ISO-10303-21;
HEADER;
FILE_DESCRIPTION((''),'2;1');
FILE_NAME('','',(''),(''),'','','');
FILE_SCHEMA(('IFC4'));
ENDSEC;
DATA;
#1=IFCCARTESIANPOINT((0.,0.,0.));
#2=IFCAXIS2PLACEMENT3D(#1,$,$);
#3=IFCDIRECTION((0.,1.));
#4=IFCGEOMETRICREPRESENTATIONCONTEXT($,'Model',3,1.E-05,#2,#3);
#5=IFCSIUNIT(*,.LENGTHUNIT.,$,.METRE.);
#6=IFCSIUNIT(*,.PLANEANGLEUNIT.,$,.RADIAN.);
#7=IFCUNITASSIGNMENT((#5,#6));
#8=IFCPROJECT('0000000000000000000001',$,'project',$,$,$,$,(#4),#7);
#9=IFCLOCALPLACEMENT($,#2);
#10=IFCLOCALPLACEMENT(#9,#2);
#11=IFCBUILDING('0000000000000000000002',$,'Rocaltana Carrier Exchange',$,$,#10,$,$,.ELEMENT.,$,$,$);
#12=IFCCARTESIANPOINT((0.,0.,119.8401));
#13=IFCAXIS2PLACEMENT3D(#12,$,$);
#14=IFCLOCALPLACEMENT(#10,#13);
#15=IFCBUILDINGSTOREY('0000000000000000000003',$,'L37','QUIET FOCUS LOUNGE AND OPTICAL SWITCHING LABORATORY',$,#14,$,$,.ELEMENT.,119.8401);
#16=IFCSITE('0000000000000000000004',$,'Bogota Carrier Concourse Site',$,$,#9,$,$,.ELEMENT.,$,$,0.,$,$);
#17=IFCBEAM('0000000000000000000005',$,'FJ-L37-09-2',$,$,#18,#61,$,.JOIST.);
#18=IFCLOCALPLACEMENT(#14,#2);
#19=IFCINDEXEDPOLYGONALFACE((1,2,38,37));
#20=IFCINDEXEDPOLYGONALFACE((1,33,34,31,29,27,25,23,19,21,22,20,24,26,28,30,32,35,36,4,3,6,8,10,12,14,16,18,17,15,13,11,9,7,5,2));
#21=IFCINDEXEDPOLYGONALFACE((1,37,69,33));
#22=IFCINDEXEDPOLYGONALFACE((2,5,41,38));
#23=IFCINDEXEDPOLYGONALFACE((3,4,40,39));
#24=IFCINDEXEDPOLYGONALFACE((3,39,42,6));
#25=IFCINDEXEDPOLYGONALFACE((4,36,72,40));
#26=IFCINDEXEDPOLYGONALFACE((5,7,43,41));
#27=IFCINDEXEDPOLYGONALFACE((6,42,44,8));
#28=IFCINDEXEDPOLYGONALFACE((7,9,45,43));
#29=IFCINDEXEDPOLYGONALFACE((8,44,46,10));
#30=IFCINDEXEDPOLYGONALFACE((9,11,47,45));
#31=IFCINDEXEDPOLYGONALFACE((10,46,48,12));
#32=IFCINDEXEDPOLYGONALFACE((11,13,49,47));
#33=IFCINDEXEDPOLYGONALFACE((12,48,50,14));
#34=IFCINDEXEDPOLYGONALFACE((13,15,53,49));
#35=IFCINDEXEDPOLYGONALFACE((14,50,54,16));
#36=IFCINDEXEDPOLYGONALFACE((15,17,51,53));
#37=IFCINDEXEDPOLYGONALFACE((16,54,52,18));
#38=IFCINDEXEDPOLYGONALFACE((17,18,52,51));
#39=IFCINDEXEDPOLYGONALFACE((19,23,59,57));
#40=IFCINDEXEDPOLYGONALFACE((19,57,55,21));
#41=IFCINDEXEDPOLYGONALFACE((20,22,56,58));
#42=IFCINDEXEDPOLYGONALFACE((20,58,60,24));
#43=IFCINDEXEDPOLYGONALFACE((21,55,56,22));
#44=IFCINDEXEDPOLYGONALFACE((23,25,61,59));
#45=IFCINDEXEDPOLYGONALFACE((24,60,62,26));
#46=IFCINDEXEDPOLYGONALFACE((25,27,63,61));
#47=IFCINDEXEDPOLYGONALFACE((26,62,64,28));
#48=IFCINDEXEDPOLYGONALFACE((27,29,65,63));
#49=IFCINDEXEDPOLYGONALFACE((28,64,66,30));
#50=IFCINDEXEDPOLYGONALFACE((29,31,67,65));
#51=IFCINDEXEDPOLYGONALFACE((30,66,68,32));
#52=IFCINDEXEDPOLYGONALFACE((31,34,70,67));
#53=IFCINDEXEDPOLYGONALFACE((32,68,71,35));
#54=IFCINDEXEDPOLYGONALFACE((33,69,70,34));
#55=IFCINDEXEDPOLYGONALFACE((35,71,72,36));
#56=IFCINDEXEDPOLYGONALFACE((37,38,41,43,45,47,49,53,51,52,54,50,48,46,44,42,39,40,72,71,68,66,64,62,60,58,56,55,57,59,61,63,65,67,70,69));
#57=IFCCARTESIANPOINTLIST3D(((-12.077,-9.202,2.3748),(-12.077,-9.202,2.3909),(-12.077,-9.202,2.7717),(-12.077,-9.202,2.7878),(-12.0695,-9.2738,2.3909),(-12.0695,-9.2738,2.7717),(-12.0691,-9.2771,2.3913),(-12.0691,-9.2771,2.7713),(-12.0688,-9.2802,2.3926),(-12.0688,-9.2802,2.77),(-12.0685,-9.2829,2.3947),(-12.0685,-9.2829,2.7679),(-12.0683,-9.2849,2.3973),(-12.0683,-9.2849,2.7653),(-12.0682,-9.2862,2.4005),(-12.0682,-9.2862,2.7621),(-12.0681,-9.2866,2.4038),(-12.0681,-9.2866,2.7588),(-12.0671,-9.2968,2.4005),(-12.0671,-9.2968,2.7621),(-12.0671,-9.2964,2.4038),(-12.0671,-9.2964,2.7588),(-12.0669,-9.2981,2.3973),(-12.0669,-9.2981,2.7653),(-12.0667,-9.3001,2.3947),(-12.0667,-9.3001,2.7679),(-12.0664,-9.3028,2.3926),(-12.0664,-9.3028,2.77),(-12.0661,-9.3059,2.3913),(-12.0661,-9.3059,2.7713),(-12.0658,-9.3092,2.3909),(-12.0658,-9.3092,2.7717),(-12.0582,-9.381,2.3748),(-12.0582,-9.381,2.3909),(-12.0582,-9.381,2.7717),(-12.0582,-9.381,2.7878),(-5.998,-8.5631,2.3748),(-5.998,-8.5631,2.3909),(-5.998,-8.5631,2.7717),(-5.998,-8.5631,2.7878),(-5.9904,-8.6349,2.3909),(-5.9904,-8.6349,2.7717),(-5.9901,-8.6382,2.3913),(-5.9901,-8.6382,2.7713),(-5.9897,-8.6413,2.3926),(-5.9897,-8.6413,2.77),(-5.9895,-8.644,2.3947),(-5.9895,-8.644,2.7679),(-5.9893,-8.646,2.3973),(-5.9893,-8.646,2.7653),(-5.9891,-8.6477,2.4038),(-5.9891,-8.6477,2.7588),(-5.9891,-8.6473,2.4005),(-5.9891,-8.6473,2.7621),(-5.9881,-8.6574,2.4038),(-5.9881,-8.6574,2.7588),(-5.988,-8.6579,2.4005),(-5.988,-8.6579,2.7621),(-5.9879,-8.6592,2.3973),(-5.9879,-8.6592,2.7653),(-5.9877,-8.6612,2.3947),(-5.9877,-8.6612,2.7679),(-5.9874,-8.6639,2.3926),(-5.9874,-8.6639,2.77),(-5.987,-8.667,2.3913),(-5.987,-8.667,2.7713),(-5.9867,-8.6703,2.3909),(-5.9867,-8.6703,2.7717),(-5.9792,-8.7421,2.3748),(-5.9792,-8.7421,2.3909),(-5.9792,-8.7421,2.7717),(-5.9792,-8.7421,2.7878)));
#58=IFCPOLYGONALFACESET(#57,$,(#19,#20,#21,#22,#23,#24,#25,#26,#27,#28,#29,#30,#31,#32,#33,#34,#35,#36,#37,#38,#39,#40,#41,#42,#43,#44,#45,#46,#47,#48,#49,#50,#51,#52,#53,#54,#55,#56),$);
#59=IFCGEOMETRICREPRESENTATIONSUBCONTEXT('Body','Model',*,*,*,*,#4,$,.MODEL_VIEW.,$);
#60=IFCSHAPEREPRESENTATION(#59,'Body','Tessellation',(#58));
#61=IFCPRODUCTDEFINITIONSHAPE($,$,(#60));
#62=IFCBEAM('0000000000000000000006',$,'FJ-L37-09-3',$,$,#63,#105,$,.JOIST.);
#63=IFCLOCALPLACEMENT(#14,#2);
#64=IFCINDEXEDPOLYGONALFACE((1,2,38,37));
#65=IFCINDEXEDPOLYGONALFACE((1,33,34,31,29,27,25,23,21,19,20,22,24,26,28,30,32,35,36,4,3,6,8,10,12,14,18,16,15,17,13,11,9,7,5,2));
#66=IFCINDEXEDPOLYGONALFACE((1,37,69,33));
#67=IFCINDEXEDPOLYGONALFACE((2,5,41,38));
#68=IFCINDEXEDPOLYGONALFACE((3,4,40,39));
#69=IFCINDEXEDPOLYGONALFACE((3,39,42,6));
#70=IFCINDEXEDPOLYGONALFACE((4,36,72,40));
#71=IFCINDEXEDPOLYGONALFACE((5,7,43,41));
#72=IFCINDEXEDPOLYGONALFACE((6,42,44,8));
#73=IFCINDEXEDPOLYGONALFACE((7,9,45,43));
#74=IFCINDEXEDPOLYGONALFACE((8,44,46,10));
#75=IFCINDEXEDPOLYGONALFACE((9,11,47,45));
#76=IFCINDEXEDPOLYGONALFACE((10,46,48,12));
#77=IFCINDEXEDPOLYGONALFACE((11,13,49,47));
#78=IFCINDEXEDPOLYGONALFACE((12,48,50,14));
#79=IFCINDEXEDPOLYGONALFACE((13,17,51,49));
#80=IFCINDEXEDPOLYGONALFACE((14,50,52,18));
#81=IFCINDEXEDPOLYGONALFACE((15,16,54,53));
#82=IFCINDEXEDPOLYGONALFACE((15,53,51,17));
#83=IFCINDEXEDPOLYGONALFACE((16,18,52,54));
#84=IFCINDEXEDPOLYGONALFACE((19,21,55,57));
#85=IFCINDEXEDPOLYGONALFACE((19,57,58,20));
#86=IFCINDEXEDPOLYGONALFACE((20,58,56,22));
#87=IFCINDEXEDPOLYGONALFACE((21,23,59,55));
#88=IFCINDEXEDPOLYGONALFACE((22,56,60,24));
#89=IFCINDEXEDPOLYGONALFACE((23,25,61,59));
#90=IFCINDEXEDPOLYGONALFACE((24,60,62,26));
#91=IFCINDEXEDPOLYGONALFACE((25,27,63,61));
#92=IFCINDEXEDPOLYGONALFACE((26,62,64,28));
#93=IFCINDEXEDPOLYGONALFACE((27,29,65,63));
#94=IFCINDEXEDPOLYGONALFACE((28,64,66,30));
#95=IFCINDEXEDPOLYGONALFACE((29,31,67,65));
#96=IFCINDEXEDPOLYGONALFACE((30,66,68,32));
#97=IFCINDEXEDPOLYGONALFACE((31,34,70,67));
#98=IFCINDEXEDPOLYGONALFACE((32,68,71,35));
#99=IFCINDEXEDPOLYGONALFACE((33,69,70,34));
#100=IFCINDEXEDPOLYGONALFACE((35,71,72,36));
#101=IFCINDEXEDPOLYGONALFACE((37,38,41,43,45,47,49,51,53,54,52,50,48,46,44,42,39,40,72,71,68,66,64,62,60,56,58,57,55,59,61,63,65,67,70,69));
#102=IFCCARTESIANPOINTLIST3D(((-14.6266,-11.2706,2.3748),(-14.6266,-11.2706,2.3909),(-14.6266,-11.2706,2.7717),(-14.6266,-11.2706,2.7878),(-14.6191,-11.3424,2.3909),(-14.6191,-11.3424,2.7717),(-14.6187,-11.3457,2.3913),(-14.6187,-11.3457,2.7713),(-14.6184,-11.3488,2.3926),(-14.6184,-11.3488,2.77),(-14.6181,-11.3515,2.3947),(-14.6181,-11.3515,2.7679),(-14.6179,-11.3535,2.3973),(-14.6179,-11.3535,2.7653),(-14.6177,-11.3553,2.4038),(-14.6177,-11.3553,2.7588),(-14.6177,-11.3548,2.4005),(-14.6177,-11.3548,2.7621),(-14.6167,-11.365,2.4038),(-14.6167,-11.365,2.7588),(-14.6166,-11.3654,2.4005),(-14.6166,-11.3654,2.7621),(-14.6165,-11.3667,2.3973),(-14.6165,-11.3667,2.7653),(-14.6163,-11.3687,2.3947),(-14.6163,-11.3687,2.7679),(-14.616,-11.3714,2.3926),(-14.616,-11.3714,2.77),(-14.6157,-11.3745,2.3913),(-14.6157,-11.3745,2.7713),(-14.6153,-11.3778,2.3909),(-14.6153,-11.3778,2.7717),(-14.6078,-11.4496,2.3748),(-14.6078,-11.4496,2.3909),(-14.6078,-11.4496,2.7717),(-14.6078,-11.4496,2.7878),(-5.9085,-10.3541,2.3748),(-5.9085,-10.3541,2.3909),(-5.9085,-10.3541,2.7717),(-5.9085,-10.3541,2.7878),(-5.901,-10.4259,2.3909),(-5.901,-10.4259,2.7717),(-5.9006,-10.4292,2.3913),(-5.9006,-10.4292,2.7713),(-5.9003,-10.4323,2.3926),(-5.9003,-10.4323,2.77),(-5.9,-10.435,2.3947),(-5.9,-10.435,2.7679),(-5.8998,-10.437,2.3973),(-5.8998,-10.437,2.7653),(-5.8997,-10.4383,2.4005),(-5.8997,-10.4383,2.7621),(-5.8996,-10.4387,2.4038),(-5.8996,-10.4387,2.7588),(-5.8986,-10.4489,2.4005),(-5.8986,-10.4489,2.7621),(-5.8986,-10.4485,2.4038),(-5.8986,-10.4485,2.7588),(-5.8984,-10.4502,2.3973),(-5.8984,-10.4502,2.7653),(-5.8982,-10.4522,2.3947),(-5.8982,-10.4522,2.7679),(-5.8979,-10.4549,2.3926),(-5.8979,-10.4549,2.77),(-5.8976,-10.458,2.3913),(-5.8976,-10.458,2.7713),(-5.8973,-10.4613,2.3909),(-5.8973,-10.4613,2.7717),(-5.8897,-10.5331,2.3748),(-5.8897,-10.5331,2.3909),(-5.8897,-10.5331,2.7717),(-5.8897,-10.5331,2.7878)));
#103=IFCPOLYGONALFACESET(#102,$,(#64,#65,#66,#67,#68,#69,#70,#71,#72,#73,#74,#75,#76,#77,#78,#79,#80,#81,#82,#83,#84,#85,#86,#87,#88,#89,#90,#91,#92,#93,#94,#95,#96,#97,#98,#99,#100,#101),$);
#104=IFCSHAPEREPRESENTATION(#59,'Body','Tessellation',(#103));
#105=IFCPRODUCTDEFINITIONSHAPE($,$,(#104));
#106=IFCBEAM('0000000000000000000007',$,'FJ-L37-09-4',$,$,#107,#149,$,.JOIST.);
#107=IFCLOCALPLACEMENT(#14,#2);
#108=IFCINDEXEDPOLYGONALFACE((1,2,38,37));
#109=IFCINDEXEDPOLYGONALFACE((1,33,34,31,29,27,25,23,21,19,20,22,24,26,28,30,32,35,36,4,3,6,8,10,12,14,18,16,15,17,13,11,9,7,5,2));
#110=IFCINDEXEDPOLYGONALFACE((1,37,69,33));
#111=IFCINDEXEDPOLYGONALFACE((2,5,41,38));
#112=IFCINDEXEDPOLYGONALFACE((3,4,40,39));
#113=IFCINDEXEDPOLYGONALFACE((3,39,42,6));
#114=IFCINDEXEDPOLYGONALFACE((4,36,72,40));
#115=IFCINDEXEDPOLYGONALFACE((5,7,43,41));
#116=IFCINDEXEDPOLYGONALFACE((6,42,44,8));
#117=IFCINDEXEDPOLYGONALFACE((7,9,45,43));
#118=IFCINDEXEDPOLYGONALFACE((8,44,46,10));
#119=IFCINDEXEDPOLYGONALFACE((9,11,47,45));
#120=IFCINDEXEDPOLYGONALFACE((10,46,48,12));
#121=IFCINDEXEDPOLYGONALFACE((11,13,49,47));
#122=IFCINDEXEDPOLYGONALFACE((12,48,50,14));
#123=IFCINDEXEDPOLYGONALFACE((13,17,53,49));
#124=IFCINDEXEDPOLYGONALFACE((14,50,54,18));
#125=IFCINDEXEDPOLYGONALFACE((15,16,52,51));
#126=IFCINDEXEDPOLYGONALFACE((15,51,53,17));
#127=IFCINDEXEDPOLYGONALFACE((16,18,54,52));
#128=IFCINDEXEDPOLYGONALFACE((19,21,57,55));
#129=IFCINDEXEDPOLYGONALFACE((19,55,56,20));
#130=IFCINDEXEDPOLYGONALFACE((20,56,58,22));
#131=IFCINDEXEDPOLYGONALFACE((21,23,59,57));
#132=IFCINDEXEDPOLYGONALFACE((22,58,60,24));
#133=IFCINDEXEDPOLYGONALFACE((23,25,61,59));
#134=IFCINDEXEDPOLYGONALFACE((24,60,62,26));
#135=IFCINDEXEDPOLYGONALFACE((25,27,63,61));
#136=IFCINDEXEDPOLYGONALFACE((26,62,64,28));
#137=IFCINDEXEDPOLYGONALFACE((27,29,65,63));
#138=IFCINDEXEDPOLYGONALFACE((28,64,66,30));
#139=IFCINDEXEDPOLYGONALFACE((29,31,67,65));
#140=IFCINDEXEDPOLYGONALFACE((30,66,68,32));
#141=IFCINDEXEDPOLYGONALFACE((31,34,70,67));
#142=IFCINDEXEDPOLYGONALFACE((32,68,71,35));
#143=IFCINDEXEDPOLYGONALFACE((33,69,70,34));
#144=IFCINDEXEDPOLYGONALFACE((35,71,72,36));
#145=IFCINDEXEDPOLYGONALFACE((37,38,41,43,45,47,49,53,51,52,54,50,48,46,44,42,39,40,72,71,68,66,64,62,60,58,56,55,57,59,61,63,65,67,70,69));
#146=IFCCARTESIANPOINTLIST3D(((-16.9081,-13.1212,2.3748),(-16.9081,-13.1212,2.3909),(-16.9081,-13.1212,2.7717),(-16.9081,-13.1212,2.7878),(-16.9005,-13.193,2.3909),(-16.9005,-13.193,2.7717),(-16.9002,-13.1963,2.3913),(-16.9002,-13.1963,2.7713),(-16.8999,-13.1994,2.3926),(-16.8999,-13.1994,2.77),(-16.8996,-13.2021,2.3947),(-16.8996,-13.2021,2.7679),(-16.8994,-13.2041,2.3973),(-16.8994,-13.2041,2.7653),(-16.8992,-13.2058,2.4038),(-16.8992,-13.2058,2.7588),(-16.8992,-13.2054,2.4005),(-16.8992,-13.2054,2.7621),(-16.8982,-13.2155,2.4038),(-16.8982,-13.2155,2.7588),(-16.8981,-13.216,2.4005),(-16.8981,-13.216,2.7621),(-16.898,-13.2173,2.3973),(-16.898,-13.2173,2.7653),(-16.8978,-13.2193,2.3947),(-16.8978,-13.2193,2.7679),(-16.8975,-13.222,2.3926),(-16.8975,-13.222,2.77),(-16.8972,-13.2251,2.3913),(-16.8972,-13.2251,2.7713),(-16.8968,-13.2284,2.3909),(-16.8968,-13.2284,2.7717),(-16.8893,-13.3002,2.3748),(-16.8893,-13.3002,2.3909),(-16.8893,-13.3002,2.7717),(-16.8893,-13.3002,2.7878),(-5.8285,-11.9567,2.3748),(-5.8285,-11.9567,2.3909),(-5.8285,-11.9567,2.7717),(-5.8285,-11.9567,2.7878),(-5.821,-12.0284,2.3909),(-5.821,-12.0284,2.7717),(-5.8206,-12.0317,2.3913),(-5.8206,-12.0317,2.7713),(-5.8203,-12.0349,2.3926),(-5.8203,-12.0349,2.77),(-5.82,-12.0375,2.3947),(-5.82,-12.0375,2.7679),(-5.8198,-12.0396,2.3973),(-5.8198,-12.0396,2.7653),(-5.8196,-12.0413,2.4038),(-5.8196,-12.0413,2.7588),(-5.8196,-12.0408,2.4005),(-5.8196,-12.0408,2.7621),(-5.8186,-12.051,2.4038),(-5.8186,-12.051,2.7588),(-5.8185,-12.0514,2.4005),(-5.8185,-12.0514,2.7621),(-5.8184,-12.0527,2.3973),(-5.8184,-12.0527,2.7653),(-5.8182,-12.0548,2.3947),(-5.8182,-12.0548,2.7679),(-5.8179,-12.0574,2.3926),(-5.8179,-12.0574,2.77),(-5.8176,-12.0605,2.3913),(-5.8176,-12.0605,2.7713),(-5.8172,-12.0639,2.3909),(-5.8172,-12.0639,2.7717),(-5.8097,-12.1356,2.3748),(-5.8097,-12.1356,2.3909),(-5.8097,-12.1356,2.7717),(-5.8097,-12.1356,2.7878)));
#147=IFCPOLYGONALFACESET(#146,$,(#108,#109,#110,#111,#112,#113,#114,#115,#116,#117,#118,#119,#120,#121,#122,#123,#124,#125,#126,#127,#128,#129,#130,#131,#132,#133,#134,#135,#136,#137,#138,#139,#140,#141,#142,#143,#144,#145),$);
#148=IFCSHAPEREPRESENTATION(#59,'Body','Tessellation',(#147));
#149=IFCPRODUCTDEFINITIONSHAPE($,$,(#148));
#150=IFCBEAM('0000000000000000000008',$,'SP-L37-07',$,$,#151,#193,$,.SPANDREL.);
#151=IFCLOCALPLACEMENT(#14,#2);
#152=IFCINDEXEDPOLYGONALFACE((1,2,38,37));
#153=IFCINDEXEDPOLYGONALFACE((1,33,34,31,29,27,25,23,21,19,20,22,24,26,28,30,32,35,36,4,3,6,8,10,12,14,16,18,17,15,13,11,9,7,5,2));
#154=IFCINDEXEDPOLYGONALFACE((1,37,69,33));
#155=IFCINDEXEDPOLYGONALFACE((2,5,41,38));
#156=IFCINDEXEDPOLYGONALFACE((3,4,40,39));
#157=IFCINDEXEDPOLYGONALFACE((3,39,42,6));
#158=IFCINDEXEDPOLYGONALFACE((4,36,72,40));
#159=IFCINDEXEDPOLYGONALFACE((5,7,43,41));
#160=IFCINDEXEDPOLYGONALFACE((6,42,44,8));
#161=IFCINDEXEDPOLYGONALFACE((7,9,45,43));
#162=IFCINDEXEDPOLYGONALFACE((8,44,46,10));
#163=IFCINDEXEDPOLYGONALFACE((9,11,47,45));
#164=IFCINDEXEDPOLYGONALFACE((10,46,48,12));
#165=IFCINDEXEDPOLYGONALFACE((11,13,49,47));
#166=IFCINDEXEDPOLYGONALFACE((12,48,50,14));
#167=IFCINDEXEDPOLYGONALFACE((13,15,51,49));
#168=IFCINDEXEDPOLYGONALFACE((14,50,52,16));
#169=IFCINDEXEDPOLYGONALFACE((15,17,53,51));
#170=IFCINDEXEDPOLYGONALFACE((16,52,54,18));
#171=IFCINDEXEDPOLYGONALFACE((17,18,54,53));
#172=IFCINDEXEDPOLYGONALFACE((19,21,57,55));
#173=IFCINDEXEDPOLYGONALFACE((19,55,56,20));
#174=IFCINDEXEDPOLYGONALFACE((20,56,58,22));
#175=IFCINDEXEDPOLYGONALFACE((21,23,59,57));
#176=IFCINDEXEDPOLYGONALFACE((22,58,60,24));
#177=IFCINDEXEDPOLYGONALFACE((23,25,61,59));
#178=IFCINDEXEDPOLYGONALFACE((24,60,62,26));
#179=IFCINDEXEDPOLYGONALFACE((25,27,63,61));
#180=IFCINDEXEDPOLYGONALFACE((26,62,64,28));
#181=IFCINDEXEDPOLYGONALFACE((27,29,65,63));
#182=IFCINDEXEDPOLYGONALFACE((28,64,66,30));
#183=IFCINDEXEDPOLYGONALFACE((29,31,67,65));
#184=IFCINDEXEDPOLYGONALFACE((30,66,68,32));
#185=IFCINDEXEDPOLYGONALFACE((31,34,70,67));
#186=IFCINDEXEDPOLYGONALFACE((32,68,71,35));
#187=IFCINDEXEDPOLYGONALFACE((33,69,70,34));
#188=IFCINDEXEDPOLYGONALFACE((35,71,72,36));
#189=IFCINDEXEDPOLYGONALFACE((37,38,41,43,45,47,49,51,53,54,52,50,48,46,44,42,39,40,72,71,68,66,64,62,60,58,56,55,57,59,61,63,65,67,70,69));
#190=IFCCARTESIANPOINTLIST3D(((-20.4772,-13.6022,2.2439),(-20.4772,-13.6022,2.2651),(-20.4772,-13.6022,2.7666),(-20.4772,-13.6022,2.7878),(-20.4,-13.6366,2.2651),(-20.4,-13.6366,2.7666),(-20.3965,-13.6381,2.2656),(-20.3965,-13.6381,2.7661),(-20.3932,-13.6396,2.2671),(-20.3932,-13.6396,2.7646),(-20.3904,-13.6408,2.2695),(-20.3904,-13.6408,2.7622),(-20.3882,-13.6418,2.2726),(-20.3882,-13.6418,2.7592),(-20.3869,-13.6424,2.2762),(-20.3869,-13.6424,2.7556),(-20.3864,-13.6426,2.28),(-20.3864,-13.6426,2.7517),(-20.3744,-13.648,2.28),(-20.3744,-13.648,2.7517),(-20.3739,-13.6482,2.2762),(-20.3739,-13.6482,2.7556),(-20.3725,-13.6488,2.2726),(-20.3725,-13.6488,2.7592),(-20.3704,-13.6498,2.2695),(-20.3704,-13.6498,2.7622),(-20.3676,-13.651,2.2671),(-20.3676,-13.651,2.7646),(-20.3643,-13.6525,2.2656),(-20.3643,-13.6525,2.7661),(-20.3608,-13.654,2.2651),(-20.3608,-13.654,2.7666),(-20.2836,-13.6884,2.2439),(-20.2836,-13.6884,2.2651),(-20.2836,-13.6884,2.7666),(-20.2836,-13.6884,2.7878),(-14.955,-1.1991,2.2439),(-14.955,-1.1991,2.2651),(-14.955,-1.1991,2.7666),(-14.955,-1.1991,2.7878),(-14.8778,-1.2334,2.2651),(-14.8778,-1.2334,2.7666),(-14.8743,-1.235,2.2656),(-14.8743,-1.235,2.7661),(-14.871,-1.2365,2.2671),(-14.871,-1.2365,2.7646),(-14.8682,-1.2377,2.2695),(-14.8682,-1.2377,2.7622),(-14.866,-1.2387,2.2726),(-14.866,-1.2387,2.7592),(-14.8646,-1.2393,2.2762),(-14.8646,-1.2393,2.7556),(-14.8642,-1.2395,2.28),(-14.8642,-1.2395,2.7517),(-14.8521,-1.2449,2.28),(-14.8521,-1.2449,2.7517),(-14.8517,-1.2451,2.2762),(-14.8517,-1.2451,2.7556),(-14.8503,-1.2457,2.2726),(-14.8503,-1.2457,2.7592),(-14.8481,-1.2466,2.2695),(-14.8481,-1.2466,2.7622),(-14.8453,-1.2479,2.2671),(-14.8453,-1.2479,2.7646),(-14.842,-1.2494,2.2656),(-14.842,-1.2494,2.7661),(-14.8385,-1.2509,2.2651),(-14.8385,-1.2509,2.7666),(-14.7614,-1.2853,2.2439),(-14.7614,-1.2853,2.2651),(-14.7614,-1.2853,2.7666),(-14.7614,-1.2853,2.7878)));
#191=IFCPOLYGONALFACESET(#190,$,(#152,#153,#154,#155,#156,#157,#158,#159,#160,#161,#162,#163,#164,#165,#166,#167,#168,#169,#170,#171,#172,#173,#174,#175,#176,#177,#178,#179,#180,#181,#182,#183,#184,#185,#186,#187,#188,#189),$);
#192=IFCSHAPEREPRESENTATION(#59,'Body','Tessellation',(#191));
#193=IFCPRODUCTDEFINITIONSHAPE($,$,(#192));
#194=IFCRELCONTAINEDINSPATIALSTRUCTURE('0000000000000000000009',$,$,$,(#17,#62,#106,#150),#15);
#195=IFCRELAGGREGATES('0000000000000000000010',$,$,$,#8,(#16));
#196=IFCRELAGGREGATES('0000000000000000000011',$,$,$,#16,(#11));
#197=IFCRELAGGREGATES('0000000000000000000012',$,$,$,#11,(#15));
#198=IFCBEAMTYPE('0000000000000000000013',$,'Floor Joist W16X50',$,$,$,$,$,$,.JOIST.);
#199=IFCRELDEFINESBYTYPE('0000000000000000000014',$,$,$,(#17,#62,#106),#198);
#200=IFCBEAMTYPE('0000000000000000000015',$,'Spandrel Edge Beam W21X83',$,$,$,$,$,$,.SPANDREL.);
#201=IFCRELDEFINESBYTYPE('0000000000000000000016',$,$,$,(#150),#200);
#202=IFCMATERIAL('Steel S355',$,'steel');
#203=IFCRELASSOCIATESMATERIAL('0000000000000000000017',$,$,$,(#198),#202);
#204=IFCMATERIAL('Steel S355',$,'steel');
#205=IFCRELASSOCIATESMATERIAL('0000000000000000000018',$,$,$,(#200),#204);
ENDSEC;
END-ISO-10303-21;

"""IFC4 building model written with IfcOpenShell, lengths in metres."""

from ifc_helpers import new_model, si_unit, direction, frame, origin, origin_2d, place, context, subcontext, project, spatial, i_section, extrude, material, material_profile, profile_set, type_object, element, save


model = new_model("IFC4")

# Units and contexts
model_context = context("Model", 3, precision=1e-05, world=origin(), true_north=direction((0.0, 1.0)))
body_context = subcontext(model_context, "Body", "Model", "MODEL_VIEW")
ifc_project = project(units=[si_unit("LENGTHUNIT", "METRE"), si_unit("PLANEANGLEUNIT", "RADIAN")], contexts=[model_context])

# Site, building, storey
site_placement = place(None, origin())
site = spatial("IfcSite", under=ifc_project, at=site_placement, Name="Bogota Carrier Concourse Site", CompositionType="ELEMENT", RefElevation=0.0)
building_placement = place(site_placement, origin())
building = spatial("IfcBuilding", under=site, at=building_placement, Name="Rocaltana Carrier Exchange", CompositionType="ELEMENT")
storey_placement = place(building_placement, frame((0.0, 0.0, 119.8401)))
storey = spatial("IfcBuildingStorey", under=building, at=storey_placement, Name="L37", Description="QUIET FOCUS LOUNGE AND OPTICAL SWITCHING LABORATORY", CompositionType="ELEMENT", Elevation=119.8401)

# Beams
ifc_material_1 = material(Name="Steel S355", Category="steel")
ifc_material_profile_1 = material_profile(ifc_material_1, i_section(OverallWidth=0.1799, OverallDepth=0.4131, WebThickness=0.0098, FlangeThickness=0.0161, FilletRadius=0.0129, at=origin_2d()), Name="W16X50")
ifc_profile_set_1 = profile_set([ifc_material_profile_1], Name="Steel S355")
beam_type_1 = type_object("IfcBeamType", Name="Floor Joist W16X50", PredefinedType="JOIST", material=ifc_profile_set_1)
beam_1_placement = place(storey_placement, frame((-12.0676, -9.2915, 2.5813), z_axis=(0.994522, 0.104525, 0.0), x_axis=(-0.104525, 0.994522, 0.0)))
element("IfcBeam", 1, at=beam_1_placement, inside=storey, type_object=beam_type_1, Name="FJ-L37-09-2", PredefinedType="JOIST", context=body_context, shape_type="SweptSolid", body=[
    extrude(i_section(OverallWidth=0.1799, OverallDepth=0.4131, WebThickness=0.0098, FlangeThickness=0.0161, FilletRadius=0.0129, at=origin_2d()), origin(), (0.0, 0.0, 1.0), 6.1125),
])
beam_2_placement = place(storey_placement, frame((-14.6172, -11.3601, 2.5813), z_axis=(0.994519, 0.104551, 0.0), x_axis=(-0.104551, 0.994519, 0.0)))
element("IfcBeam", 2, at=beam_2_placement, inside=storey, type_object=beam_type_1, Name="FJ-L37-09-3", PredefinedType="JOIST", context=body_context, shape_type="SweptSolid", body=[
    extrude(i_section(OverallWidth=0.1799, OverallDepth=0.4131, WebThickness=0.0098, FlangeThickness=0.0161, FilletRadius=0.0129, at=origin_2d()), origin(), (0.0, 0.0, 1.0), 8.7661),
])
beam_3_placement = place(storey_placement, frame((-16.8987, -13.2107, 2.5813), z_axis=(0.994522, 0.104532, 0.0), x_axis=(-0.104532, 0.994522, 0.0)))
element("IfcBeam", 3, at=beam_3_placement, inside=storey, type_object=beam_type_1, Name="FJ-L37-09-4", PredefinedType="JOIST", context=body_context, shape_type="SweptSolid", body=[
    extrude(i_section(OverallWidth=0.1799, OverallDepth=0.4131, WebThickness=0.0098, FlangeThickness=0.0161, FilletRadius=0.0129, at=origin_2d()), origin(), (0.0, 0.0, 1.0), 11.1406),
])
ifc_material_2 = material(Name="Steel S355", Category="steel")
ifc_material_profile_2 = material_profile(ifc_material_2, i_section(OverallWidth=0.2119, OverallDepth=0.5439, WebThickness=0.0132, FlangeThickness=0.0212, FilletRadius=0.0149, at=origin_2d()), Name="W21X83")
ifc_profile_set_2 = profile_set([ifc_material_profile_2], Name="Steel S355")
beam_type_2 = type_object("IfcBeamType", Name="Spandrel Edge Beam W21X83", PredefinedType="SPANDREL", material=ifc_profile_set_2)
beam_4_placement = place(storey_placement, frame((-14.8582, -1.2422, 2.5159), z_axis=(-0.406737, -0.913545, 0.0), x_axis=(0.913545, -0.406737, 0.0)))
element("IfcBeam", 4, at=beam_4_placement, inside=storey, type_object=beam_type_2, Name="SP-L37-07", PredefinedType="SPANDREL", context=body_context, shape_type="SweptSolid", body=[
    extrude(i_section(OverallWidth=0.2119, OverallDepth=0.5439, WebThickness=0.0132, FlangeThickness=0.0212, FilletRadius=0.0149, at=origin_2d()), origin(), (0.0, 0.0, 1.0), 13.5769),
])

save(model, "model.ifc")
